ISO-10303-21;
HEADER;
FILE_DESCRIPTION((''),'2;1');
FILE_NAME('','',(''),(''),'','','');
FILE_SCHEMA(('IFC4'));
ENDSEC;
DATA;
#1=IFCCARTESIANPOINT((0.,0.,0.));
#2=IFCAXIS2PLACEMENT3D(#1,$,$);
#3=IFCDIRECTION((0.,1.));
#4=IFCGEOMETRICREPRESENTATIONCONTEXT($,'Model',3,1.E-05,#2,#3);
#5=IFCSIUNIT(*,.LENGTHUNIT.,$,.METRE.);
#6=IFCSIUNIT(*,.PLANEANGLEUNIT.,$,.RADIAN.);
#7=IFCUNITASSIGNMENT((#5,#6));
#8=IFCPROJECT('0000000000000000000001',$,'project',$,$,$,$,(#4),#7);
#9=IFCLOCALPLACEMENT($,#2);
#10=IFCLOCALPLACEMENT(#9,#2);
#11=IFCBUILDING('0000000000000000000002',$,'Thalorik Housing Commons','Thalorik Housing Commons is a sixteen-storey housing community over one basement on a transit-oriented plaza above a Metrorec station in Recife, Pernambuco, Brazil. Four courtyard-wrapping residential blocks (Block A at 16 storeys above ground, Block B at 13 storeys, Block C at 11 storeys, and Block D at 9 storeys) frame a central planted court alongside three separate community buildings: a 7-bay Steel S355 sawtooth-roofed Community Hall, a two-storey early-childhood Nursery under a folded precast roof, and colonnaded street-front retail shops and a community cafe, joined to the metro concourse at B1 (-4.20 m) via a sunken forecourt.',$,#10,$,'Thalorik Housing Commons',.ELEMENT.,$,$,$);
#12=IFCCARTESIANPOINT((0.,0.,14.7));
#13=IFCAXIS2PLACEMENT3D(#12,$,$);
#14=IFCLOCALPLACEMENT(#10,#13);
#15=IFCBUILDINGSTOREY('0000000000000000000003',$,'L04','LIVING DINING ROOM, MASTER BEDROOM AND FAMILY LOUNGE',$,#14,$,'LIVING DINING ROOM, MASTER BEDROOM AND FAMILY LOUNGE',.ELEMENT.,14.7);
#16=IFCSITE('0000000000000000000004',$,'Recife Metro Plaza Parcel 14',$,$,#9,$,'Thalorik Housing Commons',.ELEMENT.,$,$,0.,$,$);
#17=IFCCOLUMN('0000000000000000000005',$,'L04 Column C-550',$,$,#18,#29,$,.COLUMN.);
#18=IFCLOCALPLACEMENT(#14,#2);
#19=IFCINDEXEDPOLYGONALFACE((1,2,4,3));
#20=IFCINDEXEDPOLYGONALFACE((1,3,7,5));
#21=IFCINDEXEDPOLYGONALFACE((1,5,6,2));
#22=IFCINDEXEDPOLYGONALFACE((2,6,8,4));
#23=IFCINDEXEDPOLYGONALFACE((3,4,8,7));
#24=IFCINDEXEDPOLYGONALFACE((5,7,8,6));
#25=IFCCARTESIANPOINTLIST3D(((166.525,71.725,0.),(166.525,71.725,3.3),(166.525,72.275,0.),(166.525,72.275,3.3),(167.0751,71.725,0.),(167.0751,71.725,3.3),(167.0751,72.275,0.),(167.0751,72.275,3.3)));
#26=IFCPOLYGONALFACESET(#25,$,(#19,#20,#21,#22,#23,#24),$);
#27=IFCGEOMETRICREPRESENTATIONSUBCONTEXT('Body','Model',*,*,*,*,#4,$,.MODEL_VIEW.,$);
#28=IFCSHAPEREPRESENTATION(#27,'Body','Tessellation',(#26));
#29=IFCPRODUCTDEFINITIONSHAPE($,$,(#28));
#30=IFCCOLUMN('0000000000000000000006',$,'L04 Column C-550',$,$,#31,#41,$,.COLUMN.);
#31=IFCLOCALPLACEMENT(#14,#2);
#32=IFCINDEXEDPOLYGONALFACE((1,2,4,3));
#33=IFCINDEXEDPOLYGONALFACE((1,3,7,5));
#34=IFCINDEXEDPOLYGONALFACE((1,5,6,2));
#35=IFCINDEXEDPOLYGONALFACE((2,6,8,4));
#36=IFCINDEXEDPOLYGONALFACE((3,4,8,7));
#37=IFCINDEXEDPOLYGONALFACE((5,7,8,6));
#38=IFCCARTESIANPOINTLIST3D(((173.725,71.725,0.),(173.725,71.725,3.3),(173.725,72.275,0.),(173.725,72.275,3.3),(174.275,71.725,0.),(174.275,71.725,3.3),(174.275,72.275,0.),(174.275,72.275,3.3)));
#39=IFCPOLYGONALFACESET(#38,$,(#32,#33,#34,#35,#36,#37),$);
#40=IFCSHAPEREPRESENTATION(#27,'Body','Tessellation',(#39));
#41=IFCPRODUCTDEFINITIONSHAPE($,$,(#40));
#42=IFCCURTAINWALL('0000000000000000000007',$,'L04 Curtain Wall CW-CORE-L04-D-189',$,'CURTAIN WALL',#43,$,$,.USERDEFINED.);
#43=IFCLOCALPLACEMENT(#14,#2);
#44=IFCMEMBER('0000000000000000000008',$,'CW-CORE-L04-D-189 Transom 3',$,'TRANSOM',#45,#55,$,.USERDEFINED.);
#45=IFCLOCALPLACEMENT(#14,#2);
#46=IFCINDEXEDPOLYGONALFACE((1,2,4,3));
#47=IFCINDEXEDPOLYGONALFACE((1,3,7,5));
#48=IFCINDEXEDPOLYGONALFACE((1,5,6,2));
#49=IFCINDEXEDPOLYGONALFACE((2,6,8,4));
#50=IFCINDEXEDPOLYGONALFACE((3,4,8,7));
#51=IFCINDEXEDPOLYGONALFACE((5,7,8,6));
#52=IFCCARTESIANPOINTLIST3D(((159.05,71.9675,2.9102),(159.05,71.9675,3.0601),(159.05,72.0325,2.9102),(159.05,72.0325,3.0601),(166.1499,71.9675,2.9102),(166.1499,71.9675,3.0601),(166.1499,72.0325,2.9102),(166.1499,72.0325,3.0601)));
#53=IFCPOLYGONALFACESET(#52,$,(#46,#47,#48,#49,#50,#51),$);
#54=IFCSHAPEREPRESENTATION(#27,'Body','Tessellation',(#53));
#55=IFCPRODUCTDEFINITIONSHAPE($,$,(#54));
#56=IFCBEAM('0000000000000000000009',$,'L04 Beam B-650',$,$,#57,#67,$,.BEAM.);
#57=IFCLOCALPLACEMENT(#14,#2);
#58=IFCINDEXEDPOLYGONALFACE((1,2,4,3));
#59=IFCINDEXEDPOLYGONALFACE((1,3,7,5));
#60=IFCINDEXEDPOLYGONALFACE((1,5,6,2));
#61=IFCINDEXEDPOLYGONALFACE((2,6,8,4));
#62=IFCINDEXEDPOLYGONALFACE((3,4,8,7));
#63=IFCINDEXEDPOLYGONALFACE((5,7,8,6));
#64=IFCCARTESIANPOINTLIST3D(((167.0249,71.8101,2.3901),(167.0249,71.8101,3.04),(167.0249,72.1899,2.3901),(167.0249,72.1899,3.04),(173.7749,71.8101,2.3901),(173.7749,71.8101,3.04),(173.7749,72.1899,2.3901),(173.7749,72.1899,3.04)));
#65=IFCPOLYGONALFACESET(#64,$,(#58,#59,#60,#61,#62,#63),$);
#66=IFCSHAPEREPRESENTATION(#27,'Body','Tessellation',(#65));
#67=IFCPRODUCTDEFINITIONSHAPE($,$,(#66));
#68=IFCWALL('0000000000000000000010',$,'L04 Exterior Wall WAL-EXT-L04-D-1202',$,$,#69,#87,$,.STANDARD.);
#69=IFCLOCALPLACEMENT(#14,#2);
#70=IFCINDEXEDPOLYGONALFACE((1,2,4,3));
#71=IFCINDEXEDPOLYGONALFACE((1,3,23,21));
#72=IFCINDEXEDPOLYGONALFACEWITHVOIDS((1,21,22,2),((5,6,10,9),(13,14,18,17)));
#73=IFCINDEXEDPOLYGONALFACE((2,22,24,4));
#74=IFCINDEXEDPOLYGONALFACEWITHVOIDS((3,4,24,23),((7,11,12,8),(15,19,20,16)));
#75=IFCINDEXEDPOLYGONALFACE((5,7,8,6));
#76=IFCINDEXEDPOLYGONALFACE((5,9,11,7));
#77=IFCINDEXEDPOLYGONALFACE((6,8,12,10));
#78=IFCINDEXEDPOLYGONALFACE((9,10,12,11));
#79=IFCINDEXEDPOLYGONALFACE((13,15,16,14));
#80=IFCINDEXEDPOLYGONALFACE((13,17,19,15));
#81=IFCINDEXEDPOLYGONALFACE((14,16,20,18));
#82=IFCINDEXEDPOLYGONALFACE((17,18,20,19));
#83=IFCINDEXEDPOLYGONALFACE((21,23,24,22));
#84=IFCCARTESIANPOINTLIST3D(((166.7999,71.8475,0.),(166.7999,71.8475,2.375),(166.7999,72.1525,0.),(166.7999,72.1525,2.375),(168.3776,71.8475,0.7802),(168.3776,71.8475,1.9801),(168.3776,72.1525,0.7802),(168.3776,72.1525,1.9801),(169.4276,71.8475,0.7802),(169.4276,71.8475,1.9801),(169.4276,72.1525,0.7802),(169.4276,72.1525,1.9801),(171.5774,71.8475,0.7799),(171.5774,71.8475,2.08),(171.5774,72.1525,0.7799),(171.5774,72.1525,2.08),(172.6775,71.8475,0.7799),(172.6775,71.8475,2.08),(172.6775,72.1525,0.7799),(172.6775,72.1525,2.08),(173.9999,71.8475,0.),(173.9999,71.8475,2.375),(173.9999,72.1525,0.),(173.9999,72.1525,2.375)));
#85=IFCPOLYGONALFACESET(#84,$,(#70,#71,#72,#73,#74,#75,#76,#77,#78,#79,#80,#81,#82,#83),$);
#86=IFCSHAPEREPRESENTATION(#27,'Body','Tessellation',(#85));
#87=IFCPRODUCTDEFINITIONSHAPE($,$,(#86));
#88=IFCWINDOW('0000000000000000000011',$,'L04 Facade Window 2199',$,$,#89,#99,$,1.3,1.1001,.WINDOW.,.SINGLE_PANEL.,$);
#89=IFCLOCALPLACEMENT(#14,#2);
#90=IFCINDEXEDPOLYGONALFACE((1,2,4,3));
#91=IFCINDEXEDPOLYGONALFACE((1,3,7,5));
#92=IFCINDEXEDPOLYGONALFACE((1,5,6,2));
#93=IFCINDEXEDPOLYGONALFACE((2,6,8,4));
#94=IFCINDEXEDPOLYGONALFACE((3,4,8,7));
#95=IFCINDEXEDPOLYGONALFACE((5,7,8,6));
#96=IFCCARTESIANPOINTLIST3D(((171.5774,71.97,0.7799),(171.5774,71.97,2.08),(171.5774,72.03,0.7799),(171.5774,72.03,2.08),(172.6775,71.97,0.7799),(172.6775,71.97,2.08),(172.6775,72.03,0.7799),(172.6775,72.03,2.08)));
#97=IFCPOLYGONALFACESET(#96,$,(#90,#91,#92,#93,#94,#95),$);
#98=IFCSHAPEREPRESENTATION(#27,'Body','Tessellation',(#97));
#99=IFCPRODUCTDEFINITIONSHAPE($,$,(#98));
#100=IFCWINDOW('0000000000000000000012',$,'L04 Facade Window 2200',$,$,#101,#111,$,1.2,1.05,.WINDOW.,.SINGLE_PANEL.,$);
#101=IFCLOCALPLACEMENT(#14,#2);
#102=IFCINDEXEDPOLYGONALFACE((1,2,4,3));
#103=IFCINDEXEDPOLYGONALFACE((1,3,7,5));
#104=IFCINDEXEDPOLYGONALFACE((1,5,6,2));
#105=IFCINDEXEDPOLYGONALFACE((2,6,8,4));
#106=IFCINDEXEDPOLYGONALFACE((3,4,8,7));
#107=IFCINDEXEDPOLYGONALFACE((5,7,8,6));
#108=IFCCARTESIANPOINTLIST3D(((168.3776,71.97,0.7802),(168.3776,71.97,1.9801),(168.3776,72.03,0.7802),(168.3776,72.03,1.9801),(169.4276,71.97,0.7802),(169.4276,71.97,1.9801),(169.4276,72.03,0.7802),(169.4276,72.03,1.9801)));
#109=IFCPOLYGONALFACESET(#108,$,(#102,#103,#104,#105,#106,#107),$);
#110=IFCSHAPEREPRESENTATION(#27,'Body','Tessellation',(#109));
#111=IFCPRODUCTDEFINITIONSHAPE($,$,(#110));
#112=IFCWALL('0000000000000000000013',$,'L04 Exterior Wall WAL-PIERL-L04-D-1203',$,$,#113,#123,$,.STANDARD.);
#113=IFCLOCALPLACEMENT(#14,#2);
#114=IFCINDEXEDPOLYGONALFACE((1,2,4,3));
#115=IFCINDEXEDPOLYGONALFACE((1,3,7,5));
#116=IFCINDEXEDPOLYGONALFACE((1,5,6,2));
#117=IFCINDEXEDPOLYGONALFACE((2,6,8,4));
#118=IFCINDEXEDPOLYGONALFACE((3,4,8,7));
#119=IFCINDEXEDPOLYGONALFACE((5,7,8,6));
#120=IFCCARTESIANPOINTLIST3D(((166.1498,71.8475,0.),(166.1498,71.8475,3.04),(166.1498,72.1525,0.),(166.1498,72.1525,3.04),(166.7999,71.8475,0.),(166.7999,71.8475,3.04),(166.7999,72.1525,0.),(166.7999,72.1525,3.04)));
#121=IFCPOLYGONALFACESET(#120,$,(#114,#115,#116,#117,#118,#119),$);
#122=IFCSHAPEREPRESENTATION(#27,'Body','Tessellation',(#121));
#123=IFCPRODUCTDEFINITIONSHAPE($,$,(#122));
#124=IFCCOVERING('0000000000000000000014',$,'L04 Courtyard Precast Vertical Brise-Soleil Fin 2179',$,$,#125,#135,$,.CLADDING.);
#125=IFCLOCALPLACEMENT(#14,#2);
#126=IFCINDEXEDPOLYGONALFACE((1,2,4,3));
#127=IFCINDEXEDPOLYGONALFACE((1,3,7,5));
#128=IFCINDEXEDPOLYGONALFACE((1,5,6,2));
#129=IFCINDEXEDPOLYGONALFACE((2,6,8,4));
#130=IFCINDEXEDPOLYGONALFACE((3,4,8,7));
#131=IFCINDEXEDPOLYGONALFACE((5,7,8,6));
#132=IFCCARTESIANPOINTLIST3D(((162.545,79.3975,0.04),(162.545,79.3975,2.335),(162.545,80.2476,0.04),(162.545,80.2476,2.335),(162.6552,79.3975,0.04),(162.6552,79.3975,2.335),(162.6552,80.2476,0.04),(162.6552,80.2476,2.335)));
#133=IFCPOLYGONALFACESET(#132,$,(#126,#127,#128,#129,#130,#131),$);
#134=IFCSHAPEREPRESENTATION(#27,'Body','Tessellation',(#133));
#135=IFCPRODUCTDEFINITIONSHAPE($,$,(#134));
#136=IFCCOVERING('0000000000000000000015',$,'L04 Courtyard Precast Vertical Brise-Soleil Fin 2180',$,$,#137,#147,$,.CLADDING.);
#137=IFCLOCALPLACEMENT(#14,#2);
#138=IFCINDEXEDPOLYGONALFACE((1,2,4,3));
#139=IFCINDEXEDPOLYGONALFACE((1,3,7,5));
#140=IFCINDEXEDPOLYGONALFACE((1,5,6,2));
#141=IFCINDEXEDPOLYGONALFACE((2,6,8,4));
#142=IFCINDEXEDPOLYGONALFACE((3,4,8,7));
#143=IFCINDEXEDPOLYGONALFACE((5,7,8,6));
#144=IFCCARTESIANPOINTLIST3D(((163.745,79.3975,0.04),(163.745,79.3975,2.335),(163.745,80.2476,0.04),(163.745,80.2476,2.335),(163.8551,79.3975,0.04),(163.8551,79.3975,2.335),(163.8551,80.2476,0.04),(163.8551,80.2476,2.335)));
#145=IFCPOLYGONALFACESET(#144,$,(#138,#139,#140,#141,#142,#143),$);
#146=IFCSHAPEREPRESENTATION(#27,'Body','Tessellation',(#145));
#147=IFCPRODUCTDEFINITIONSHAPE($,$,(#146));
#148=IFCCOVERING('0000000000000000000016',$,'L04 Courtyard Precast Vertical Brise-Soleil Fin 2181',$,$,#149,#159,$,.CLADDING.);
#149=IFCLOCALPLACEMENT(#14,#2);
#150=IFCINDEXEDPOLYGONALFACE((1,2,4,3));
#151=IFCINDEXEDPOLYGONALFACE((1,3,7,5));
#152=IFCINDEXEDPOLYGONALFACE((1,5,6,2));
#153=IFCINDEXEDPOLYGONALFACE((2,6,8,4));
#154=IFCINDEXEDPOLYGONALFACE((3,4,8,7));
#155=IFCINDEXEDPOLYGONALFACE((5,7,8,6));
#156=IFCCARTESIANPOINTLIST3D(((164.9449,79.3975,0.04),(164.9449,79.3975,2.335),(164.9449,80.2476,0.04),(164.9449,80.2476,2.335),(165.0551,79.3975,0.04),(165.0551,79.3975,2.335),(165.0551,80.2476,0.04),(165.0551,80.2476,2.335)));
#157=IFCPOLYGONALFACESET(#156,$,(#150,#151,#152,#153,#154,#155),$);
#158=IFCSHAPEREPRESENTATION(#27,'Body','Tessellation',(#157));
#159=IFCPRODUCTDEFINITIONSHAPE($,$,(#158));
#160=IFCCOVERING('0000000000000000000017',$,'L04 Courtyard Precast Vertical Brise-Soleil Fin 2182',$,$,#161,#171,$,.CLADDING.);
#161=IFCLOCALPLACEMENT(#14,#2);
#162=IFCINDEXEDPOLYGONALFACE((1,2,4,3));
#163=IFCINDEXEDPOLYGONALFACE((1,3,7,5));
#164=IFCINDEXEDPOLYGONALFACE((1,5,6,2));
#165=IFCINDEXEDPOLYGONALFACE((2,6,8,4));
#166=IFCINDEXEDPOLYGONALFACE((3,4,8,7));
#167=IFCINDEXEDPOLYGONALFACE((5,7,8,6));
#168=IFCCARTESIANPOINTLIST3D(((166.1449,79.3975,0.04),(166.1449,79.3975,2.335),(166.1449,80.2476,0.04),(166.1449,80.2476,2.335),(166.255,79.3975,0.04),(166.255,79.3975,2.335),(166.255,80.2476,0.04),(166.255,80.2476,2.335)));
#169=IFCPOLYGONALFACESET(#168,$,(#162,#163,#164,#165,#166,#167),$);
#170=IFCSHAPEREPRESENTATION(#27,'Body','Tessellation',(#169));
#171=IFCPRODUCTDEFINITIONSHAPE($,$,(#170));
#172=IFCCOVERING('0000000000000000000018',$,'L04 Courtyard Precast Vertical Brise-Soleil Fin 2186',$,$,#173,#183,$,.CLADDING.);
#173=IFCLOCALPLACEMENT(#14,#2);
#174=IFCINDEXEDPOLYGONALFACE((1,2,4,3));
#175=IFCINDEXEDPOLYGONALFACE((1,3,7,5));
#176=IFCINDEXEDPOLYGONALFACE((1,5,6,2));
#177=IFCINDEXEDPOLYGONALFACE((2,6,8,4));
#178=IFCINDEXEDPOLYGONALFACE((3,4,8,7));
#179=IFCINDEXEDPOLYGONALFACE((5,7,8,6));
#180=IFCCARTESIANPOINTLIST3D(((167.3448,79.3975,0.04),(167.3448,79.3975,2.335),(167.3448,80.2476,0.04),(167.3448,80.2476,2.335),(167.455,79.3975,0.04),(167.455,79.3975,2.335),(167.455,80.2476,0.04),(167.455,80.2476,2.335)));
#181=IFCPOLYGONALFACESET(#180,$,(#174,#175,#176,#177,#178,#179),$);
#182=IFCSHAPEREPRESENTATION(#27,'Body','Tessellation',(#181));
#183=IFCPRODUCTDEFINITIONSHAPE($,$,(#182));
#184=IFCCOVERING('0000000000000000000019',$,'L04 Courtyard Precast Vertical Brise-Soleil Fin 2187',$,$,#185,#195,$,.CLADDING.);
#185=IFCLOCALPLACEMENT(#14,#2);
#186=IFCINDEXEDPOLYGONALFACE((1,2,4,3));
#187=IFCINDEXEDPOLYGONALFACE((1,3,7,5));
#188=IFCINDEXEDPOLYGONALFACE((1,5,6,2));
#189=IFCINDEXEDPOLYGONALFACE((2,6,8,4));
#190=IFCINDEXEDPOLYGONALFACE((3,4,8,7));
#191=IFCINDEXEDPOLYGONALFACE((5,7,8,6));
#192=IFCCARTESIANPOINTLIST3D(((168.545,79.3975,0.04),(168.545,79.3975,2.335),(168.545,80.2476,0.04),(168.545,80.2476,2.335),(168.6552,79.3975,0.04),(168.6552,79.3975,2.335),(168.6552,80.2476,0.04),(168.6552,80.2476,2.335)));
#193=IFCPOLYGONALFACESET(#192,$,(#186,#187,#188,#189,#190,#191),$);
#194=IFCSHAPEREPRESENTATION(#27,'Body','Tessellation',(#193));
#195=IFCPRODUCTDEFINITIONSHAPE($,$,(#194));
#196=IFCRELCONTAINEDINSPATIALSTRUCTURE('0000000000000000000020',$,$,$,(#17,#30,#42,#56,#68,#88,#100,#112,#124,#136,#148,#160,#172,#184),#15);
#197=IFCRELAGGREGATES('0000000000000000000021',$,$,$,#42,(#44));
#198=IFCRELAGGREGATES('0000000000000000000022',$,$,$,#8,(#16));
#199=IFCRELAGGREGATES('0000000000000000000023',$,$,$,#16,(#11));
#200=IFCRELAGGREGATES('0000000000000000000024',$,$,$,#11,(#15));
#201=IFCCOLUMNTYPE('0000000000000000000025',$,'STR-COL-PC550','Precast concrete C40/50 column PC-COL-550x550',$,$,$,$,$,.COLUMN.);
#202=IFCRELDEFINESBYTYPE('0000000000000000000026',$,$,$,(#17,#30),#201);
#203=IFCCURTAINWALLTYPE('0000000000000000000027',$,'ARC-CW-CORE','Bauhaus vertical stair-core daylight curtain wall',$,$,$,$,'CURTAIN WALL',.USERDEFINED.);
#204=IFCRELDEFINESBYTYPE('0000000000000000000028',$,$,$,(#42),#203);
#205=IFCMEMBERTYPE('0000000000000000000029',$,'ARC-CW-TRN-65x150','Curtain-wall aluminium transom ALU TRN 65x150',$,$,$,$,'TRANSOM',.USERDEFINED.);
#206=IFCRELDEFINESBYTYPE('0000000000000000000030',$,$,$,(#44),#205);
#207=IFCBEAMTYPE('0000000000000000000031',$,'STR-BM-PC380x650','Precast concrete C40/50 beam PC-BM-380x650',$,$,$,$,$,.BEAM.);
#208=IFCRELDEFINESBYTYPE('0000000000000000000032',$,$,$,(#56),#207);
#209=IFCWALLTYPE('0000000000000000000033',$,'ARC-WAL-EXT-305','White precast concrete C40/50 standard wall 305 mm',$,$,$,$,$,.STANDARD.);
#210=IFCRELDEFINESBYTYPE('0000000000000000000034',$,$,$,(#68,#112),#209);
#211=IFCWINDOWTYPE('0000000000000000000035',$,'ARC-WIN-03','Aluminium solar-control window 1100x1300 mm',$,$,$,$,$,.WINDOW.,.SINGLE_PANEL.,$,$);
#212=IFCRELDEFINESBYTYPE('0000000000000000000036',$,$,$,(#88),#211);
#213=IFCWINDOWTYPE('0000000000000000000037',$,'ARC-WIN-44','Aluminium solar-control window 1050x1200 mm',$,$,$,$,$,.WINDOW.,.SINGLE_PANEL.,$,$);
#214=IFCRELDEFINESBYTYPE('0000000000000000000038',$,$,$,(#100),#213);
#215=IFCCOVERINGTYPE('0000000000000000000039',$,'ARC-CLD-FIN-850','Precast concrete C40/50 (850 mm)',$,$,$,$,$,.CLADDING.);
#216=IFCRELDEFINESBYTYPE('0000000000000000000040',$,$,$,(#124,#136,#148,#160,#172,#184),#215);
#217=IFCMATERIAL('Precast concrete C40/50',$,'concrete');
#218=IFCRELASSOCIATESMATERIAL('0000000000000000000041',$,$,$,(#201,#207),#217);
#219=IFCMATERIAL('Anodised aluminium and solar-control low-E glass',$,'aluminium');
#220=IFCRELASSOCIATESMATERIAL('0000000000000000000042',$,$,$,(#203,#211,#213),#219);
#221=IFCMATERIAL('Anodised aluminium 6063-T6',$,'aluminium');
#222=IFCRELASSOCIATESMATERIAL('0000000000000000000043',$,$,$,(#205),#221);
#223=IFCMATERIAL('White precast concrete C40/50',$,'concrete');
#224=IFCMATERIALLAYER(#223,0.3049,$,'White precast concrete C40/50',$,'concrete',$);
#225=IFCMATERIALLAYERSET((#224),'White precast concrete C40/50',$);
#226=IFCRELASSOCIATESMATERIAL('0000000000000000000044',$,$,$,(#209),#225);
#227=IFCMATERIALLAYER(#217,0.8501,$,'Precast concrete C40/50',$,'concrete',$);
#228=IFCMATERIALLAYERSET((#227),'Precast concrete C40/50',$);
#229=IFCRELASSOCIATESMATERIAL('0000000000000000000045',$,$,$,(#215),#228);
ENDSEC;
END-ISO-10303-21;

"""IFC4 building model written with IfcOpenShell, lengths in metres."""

from ifc_helpers import new_model, si_unit, direction, frame, frame_2d, origin, origin_2d, place, context, subcontext, project, spatial, rectangle, extrude, material, layer, layer_set, material_profile, profile_set, type_object, element, fill, aggregate, save


model = new_model("IFC4")

# Units and contexts
model_context = context("Model", 3, precision=1e-05, world=origin(), true_north=direction((0.0, 1.0)))
body_context = subcontext(model_context, "Body", "Model", "MODEL_VIEW")
ifc_project = project(units=[si_unit("LENGTHUNIT", "METRE"), si_unit("PLANEANGLEUNIT", "RADIAN")], contexts=[model_context])

# Site, building, storey
site_placement = place(None, origin())
site = spatial("IfcSite", under=ifc_project, at=site_placement, Name="Recife Metro Plaza Parcel 14", LongName="Thalorik Housing Commons", CompositionType="ELEMENT", RefElevation=0.0)
building_placement = place(site_placement, origin())
building = spatial("IfcBuilding", under=site, at=building_placement, Name="Thalorik Housing Commons", Description="Thalorik Housing Commons is a sixteen-storey housing community over one basement on a transit-oriented plaza above a Metrorec station in Recife, Pernambuco, Brazil. Four courtyard-wrapping residential blocks (Block A at 16 storeys above ground, Block B at 13 storeys, Block C at 11 storeys, and Block D at 9 storeys) frame a central planted court alongside three separate community buildings: a 7-bay Steel S355 sawtooth-roofed Community Hall, a two-storey early-childhood Nursery under a folded precast roof, and colonnaded street-front retail shops and a community cafe, joined to the metro concourse at B1 (-4.20 m) via a sunken forecourt.", LongName="Thalorik Housing Commons", CompositionType="ELEMENT")
storey_placement = place(building_placement, frame((0.0, 0.0, 14.7)))
storey = spatial("IfcBuildingStorey", under=building, at=storey_placement, Name="L04", Description="LIVING DINING ROOM, MASTER BEDROOM AND FAMILY LOUNGE", LongName="LIVING DINING ROOM, MASTER BEDROOM AND FAMILY LOUNGE", CompositionType="ELEMENT", Elevation=14.7)

# Columns
ifc_material_1 = material(Name="Precast concrete C40/50", Category="concrete")
ifc_material_profile_1 = material_profile(ifc_material_1, rectangle(XDim=0.55, YDim=0.55, at=origin_2d()), Name="PC 550x550", Category="concrete")
ifc_profile_set_1 = profile_set([ifc_material_profile_1], Name="Precast concrete C40/50")
column_type = type_object("IfcColumnType", Name="STR-COL-PC550", Description="Precast concrete C40/50 column PC-COL-550x550", PredefinedType="COLUMN", material=ifc_profile_set_1)
for number, where, z_axis, x_axis, name in (
    (1, (166.8, 72.0, 0.0), (0.0, 0.0, 1.0), (1.0, 0.0, 0.0), "L04 Column C-550"),
    (2, (174.0, 72.0, 0.0), (0.0, 0.0, 1.0), (1.0, 0.0, 0.0), "L04 Column C-550"),
):
    element("IfcColumn", number, at=place(storey_placement, frame(where, z_axis=z_axis, x_axis=x_axis)), inside=storey, type_object=column_type, Name=name, PredefinedType="COLUMN", context=body_context, shape_type="SweptSolid", body=[
        extrude(rectangle(XDim=0.55, YDim=0.55, at=origin_2d()), origin(), (0.0, 0.0, 1.0), 3.3),
    ])

# Curtain wall, member
ifc_material_2 = material(Name="Anodised aluminium and solar-control low-E glass", Category="aluminium")
curtain_wall_type = type_object("IfcCurtainWallType", Name="ARC-CW-CORE", Description="Bauhaus vertical stair-core daylight curtain wall", ElementType="CURTAIN WALL", PredefinedType="USERDEFINED", material=ifc_material_2)
curtain_wall_placement = place(storey_placement, origin())
curtain_wall = element("IfcCurtainWall", 3, at=curtain_wall_placement, inside=storey, type_object=curtain_wall_type, Name="L04 Curtain Wall CW-CORE-L04-D-189", ObjectType="CURTAIN WALL", PredefinedType="USERDEFINED")
ifc_material_3 = material(Name="Anodised aluminium 6063-T6", Category="aluminium")
ifc_material_profile_2 = material_profile(ifc_material_3, rectangle(XDim=0.0649, YDim=0.1499, at=origin_2d()), Name="ALU TRN 65x150", Category="aluminium")
ifc_profile_set_2 = profile_set([ifc_material_profile_2], Name="Anodised aluminium 6063-T6")
member_type = type_object("IfcMemberType", Name="ARC-CW-TRN-65x150", Description="Curtain-wall aluminium transom ALU TRN 65x150", ElementType="TRANSOM", PredefinedType="USERDEFINED", material=ifc_profile_set_2)
member_placement = place(storey_placement, frame((166.1499, 72.0, 2.9851), z_axis=(-1.0, 0.0, 0.0), x_axis=(0.0, -1.0, 0.0)))
member = element("IfcMember", 4, at=member_placement, type_object=member_type, Name="CW-CORE-L04-D-189 Transom 3", ObjectType="TRANSOM", PredefinedType="USERDEFINED", context=body_context, shape_type="SweptSolid", body=[
    extrude(rectangle(XDim=0.0649, YDim=0.1499, at=origin_2d()), origin(), (0.0, 0.0, 1.0), 7.0999),
])
aggregate(curtain_wall, [member])

# Beam
ifc_material_profile_3 = material_profile(ifc_material_1, rectangle(XDim=0.3799, YDim=0.6499, at=origin_2d()), Name="PC 380x650", Category="concrete")
ifc_profile_set_3 = profile_set([ifc_material_profile_3], Name="Precast concrete C40/50")
beam_type = type_object("IfcBeamType", Name="STR-BM-PC380x650", Description="Precast concrete C40/50 beam PC-BM-380x650", PredefinedType="BEAM", material=ifc_profile_set_3)
beam_placement = place(storey_placement, frame((167.0249, 72.0, 2.7151), z_axis=(1.0, 0.0, 0.0), x_axis=(0.0, 1.0, 0.0)))
element("IfcBeam", 5, at=beam_placement, inside=storey, type_object=beam_type, Name="L04 Beam B-650", PredefinedType="BEAM", context=body_context, shape_type="SweptSolid", body=[
    extrude(rectangle(XDim=0.3799, YDim=0.6499, at=origin_2d()), origin(), (0.0, 0.0, 1.0), 6.75),
])

# Wall, openings, windows
ifc_material_4 = material(Name="White precast concrete C40/50", Category="concrete")
ifc_layer_1 = layer(ifc_material_4, 0.3049, Name="White precast concrete C40/50", Category="concrete")
ifc_layer_set_1 = layer_set([ifc_layer_1], Name="White precast concrete C40/50")
wall_type = type_object("IfcWallType", Name="ARC-WAL-EXT-305", Description="White precast concrete C40/50 standard wall 305 mm", PredefinedType="STANDARD", material=ifc_layer_set_1)
wall_1_placement = place(storey_placement, frame((174.0, 72.0, 0.0), z_axis=(0.0, 0.0, 1.0), x_axis=(-1.0, 0.0, 0.0)))
wall_1 = element("IfcWall", 6, at=wall_1_placement, inside=storey, type_object=wall_type, Name="L04 Exterior Wall WAL-EXT-L04-D-1202", PredefinedType="STANDARD", context=body_context, shape_type="SweptSolid", body=[
    extrude(rectangle(XDim=7.2, YDim=0.3049, at=frame_2d((3.6001, 0.0))), origin(), (0.0, 0.0, 1.0), 2.375),
])
opening_1_placement = place(wall_1_placement, frame((1.3225, 0.0, 0.78)))
opening_1 = element("IfcOpeningElement", 7, at=opening_1_placement, cuts=wall_1, PredefinedType="OPENING", context=body_context, shape_type="SweptSolid", body=[
    extrude(rectangle(XDim=1.1001, YDim=1.3, at=frame_2d((0.55, 0.6499))), frame((0.0, 0.1626, 0.0), z_axis=(0.0, -1.0, 0.0), x_axis=(1.0, 0.0, 0.0)), (0.0, 0.0, 1.0), 0.325),
])
opening_2_placement = place(wall_1_placement, frame((4.5725, 0.0, 0.78)))
opening_2 = element("IfcOpeningElement", 8, at=opening_2_placement, cuts=wall_1, PredefinedType="OPENING", context=body_context, shape_type="SweptSolid", body=[
    extrude(rectangle(XDim=1.05, YDim=1.2, at=frame_2d((0.5249, 0.6001))), frame((0.0, 0.1626, 0.0), z_axis=(0.0, -1.0, 0.0), x_axis=(1.0, 0.0, 0.0)), (0.0, 0.0, 1.0), 0.325),
])
window_type_1 = type_object("IfcWindowType", Name="ARC-WIN-03", Description="Aluminium solar-control window 1100x1300 mm", PartitioningType="SINGLE_PANEL", PredefinedType="WINDOW", material=ifc_material_2)
window_1_placement = place(opening_1_placement, origin())
window_1 = element("IfcWindow", 9, at=window_1_placement, inside=storey, type_object=window_type_1, Name="L04 Facade Window 2199", OverallHeight=1.3, OverallWidth=1.1001, PartitioningType="SINGLE_PANEL", PredefinedType="WINDOW", context=body_context, shape_type="SweptSolid", body=[
    extrude(rectangle(XDim=1.1001, YDim=1.3, at=frame_2d((0.55, 0.6499))), frame((0.0, 0.03, 0.0), z_axis=(0.0, -1.0, 0.0), x_axis=(1.0, 0.0, 0.0)), (0.0, 0.0, 1.0), 0.0601),
])
fill(opening_1, window_1)
window_type_2 = type_object("IfcWindowType", Name="ARC-WIN-44", Description="Aluminium solar-control window 1050x1200 mm", PartitioningType="SINGLE_PANEL", PredefinedType="WINDOW", material=ifc_material_2)
window_2_placement = place(opening_2_placement, origin())
window_2 = element("IfcWindow", 10, at=window_2_placement, inside=storey, type_object=window_type_2, Name="L04 Facade Window 2200", OverallHeight=1.2, OverallWidth=1.05, PartitioningType="SINGLE_PANEL", PredefinedType="WINDOW", context=body_context, shape_type="SweptSolid", body=[
    extrude(rectangle(XDim=1.05, YDim=1.2, at=frame_2d((0.5249, 0.6001))), frame((0.0, 0.03, 0.0), z_axis=(0.0, -1.0, 0.0), x_axis=(1.0, 0.0, 0.0)), (0.0, 0.0, 1.0), 0.0601),
])
fill(opening_2, window_2)

# Wall
wall_2_placement = place(storey_placement, frame((166.8, 72.0, 0.0), z_axis=(0.0, 0.0, 1.0), x_axis=(-1.0, 0.0, 0.0)))
element("IfcWall", 11, at=wall_2_placement, inside=storey, type_object=wall_type, Name="L04 Exterior Wall WAL-PIERL-L04-D-1203", PredefinedType="STANDARD", context=body_context, shape_type="SweptSolid", body=[
    extrude(rectangle(XDim=0.6501, YDim=0.3049, at=frame_2d((0.3252, 0.0))), origin(), (0.0, 0.0, 1.0), 3.04),
])

# Coverings
ifc_layer_2 = layer(ifc_material_1, 0.8501, Name="Precast concrete C40/50", Category="concrete")
ifc_layer_set_2 = layer_set([ifc_layer_2], Name="Precast concrete C40/50")
covering_type_1 = type_object("IfcCoveringType", Name="ARC-CLD-FIN-850", Description="Precast concrete C40/50 (850 mm)", PredefinedType="CLADDING", material=ifc_layer_set_2)
for number, where, z_axis, x_axis, name in (
    (12, (162.6001, 79.8225, 0.04), (0.0, 0.0, 1.0), (1.0, 0.0, 0.0), "L04 Courtyard Precast Vertical Brise-Soleil Fin 2179"),
    (13, (163.8, 79.8225, 0.04), (0.0, 0.0, 1.0), (1.0, 0.0, 0.0), "L04 Courtyard Precast Vertical Brise-Soleil Fin 2180"),
    (14, (165.0, 79.8225, 0.04), (0.0, 0.0, 1.0), (1.0, 0.0, 0.0), "L04 Courtyard Precast Vertical Brise-Soleil Fin 2181"),
    (15, (166.2, 79.8225, 0.04), (0.0, 0.0, 1.0), (1.0, 0.0, 0.0), "L04 Courtyard Precast Vertical Brise-Soleil Fin 2182"),
    (16, (167.3999, 79.8225, 0.04), (0.0, 0.0, 1.0), (1.0, 0.0, 0.0), "L04 Courtyard Precast Vertical Brise-Soleil Fin 2186"),
    (17, (168.6001, 79.8225, 0.04), (0.0, 0.0, 1.0), (1.0, 0.0, 0.0), "L04 Courtyard Precast Vertical Brise-Soleil Fin 2187"),
):
    element("IfcCovering", number, at=place(storey_placement, frame(where, z_axis=z_axis, x_axis=x_axis)), inside=storey, type_object=covering_type_1, Name=name, PredefinedType="CLADDING", context=body_context, shape_type="SweptSolid", body=[
        extrude(rectangle(XDim=0.1101, YDim=0.8501, at=origin_2d()), origin(), (0.0, 0.0, 1.0), 2.2949),
    ])

save(model, "model.ifc")
